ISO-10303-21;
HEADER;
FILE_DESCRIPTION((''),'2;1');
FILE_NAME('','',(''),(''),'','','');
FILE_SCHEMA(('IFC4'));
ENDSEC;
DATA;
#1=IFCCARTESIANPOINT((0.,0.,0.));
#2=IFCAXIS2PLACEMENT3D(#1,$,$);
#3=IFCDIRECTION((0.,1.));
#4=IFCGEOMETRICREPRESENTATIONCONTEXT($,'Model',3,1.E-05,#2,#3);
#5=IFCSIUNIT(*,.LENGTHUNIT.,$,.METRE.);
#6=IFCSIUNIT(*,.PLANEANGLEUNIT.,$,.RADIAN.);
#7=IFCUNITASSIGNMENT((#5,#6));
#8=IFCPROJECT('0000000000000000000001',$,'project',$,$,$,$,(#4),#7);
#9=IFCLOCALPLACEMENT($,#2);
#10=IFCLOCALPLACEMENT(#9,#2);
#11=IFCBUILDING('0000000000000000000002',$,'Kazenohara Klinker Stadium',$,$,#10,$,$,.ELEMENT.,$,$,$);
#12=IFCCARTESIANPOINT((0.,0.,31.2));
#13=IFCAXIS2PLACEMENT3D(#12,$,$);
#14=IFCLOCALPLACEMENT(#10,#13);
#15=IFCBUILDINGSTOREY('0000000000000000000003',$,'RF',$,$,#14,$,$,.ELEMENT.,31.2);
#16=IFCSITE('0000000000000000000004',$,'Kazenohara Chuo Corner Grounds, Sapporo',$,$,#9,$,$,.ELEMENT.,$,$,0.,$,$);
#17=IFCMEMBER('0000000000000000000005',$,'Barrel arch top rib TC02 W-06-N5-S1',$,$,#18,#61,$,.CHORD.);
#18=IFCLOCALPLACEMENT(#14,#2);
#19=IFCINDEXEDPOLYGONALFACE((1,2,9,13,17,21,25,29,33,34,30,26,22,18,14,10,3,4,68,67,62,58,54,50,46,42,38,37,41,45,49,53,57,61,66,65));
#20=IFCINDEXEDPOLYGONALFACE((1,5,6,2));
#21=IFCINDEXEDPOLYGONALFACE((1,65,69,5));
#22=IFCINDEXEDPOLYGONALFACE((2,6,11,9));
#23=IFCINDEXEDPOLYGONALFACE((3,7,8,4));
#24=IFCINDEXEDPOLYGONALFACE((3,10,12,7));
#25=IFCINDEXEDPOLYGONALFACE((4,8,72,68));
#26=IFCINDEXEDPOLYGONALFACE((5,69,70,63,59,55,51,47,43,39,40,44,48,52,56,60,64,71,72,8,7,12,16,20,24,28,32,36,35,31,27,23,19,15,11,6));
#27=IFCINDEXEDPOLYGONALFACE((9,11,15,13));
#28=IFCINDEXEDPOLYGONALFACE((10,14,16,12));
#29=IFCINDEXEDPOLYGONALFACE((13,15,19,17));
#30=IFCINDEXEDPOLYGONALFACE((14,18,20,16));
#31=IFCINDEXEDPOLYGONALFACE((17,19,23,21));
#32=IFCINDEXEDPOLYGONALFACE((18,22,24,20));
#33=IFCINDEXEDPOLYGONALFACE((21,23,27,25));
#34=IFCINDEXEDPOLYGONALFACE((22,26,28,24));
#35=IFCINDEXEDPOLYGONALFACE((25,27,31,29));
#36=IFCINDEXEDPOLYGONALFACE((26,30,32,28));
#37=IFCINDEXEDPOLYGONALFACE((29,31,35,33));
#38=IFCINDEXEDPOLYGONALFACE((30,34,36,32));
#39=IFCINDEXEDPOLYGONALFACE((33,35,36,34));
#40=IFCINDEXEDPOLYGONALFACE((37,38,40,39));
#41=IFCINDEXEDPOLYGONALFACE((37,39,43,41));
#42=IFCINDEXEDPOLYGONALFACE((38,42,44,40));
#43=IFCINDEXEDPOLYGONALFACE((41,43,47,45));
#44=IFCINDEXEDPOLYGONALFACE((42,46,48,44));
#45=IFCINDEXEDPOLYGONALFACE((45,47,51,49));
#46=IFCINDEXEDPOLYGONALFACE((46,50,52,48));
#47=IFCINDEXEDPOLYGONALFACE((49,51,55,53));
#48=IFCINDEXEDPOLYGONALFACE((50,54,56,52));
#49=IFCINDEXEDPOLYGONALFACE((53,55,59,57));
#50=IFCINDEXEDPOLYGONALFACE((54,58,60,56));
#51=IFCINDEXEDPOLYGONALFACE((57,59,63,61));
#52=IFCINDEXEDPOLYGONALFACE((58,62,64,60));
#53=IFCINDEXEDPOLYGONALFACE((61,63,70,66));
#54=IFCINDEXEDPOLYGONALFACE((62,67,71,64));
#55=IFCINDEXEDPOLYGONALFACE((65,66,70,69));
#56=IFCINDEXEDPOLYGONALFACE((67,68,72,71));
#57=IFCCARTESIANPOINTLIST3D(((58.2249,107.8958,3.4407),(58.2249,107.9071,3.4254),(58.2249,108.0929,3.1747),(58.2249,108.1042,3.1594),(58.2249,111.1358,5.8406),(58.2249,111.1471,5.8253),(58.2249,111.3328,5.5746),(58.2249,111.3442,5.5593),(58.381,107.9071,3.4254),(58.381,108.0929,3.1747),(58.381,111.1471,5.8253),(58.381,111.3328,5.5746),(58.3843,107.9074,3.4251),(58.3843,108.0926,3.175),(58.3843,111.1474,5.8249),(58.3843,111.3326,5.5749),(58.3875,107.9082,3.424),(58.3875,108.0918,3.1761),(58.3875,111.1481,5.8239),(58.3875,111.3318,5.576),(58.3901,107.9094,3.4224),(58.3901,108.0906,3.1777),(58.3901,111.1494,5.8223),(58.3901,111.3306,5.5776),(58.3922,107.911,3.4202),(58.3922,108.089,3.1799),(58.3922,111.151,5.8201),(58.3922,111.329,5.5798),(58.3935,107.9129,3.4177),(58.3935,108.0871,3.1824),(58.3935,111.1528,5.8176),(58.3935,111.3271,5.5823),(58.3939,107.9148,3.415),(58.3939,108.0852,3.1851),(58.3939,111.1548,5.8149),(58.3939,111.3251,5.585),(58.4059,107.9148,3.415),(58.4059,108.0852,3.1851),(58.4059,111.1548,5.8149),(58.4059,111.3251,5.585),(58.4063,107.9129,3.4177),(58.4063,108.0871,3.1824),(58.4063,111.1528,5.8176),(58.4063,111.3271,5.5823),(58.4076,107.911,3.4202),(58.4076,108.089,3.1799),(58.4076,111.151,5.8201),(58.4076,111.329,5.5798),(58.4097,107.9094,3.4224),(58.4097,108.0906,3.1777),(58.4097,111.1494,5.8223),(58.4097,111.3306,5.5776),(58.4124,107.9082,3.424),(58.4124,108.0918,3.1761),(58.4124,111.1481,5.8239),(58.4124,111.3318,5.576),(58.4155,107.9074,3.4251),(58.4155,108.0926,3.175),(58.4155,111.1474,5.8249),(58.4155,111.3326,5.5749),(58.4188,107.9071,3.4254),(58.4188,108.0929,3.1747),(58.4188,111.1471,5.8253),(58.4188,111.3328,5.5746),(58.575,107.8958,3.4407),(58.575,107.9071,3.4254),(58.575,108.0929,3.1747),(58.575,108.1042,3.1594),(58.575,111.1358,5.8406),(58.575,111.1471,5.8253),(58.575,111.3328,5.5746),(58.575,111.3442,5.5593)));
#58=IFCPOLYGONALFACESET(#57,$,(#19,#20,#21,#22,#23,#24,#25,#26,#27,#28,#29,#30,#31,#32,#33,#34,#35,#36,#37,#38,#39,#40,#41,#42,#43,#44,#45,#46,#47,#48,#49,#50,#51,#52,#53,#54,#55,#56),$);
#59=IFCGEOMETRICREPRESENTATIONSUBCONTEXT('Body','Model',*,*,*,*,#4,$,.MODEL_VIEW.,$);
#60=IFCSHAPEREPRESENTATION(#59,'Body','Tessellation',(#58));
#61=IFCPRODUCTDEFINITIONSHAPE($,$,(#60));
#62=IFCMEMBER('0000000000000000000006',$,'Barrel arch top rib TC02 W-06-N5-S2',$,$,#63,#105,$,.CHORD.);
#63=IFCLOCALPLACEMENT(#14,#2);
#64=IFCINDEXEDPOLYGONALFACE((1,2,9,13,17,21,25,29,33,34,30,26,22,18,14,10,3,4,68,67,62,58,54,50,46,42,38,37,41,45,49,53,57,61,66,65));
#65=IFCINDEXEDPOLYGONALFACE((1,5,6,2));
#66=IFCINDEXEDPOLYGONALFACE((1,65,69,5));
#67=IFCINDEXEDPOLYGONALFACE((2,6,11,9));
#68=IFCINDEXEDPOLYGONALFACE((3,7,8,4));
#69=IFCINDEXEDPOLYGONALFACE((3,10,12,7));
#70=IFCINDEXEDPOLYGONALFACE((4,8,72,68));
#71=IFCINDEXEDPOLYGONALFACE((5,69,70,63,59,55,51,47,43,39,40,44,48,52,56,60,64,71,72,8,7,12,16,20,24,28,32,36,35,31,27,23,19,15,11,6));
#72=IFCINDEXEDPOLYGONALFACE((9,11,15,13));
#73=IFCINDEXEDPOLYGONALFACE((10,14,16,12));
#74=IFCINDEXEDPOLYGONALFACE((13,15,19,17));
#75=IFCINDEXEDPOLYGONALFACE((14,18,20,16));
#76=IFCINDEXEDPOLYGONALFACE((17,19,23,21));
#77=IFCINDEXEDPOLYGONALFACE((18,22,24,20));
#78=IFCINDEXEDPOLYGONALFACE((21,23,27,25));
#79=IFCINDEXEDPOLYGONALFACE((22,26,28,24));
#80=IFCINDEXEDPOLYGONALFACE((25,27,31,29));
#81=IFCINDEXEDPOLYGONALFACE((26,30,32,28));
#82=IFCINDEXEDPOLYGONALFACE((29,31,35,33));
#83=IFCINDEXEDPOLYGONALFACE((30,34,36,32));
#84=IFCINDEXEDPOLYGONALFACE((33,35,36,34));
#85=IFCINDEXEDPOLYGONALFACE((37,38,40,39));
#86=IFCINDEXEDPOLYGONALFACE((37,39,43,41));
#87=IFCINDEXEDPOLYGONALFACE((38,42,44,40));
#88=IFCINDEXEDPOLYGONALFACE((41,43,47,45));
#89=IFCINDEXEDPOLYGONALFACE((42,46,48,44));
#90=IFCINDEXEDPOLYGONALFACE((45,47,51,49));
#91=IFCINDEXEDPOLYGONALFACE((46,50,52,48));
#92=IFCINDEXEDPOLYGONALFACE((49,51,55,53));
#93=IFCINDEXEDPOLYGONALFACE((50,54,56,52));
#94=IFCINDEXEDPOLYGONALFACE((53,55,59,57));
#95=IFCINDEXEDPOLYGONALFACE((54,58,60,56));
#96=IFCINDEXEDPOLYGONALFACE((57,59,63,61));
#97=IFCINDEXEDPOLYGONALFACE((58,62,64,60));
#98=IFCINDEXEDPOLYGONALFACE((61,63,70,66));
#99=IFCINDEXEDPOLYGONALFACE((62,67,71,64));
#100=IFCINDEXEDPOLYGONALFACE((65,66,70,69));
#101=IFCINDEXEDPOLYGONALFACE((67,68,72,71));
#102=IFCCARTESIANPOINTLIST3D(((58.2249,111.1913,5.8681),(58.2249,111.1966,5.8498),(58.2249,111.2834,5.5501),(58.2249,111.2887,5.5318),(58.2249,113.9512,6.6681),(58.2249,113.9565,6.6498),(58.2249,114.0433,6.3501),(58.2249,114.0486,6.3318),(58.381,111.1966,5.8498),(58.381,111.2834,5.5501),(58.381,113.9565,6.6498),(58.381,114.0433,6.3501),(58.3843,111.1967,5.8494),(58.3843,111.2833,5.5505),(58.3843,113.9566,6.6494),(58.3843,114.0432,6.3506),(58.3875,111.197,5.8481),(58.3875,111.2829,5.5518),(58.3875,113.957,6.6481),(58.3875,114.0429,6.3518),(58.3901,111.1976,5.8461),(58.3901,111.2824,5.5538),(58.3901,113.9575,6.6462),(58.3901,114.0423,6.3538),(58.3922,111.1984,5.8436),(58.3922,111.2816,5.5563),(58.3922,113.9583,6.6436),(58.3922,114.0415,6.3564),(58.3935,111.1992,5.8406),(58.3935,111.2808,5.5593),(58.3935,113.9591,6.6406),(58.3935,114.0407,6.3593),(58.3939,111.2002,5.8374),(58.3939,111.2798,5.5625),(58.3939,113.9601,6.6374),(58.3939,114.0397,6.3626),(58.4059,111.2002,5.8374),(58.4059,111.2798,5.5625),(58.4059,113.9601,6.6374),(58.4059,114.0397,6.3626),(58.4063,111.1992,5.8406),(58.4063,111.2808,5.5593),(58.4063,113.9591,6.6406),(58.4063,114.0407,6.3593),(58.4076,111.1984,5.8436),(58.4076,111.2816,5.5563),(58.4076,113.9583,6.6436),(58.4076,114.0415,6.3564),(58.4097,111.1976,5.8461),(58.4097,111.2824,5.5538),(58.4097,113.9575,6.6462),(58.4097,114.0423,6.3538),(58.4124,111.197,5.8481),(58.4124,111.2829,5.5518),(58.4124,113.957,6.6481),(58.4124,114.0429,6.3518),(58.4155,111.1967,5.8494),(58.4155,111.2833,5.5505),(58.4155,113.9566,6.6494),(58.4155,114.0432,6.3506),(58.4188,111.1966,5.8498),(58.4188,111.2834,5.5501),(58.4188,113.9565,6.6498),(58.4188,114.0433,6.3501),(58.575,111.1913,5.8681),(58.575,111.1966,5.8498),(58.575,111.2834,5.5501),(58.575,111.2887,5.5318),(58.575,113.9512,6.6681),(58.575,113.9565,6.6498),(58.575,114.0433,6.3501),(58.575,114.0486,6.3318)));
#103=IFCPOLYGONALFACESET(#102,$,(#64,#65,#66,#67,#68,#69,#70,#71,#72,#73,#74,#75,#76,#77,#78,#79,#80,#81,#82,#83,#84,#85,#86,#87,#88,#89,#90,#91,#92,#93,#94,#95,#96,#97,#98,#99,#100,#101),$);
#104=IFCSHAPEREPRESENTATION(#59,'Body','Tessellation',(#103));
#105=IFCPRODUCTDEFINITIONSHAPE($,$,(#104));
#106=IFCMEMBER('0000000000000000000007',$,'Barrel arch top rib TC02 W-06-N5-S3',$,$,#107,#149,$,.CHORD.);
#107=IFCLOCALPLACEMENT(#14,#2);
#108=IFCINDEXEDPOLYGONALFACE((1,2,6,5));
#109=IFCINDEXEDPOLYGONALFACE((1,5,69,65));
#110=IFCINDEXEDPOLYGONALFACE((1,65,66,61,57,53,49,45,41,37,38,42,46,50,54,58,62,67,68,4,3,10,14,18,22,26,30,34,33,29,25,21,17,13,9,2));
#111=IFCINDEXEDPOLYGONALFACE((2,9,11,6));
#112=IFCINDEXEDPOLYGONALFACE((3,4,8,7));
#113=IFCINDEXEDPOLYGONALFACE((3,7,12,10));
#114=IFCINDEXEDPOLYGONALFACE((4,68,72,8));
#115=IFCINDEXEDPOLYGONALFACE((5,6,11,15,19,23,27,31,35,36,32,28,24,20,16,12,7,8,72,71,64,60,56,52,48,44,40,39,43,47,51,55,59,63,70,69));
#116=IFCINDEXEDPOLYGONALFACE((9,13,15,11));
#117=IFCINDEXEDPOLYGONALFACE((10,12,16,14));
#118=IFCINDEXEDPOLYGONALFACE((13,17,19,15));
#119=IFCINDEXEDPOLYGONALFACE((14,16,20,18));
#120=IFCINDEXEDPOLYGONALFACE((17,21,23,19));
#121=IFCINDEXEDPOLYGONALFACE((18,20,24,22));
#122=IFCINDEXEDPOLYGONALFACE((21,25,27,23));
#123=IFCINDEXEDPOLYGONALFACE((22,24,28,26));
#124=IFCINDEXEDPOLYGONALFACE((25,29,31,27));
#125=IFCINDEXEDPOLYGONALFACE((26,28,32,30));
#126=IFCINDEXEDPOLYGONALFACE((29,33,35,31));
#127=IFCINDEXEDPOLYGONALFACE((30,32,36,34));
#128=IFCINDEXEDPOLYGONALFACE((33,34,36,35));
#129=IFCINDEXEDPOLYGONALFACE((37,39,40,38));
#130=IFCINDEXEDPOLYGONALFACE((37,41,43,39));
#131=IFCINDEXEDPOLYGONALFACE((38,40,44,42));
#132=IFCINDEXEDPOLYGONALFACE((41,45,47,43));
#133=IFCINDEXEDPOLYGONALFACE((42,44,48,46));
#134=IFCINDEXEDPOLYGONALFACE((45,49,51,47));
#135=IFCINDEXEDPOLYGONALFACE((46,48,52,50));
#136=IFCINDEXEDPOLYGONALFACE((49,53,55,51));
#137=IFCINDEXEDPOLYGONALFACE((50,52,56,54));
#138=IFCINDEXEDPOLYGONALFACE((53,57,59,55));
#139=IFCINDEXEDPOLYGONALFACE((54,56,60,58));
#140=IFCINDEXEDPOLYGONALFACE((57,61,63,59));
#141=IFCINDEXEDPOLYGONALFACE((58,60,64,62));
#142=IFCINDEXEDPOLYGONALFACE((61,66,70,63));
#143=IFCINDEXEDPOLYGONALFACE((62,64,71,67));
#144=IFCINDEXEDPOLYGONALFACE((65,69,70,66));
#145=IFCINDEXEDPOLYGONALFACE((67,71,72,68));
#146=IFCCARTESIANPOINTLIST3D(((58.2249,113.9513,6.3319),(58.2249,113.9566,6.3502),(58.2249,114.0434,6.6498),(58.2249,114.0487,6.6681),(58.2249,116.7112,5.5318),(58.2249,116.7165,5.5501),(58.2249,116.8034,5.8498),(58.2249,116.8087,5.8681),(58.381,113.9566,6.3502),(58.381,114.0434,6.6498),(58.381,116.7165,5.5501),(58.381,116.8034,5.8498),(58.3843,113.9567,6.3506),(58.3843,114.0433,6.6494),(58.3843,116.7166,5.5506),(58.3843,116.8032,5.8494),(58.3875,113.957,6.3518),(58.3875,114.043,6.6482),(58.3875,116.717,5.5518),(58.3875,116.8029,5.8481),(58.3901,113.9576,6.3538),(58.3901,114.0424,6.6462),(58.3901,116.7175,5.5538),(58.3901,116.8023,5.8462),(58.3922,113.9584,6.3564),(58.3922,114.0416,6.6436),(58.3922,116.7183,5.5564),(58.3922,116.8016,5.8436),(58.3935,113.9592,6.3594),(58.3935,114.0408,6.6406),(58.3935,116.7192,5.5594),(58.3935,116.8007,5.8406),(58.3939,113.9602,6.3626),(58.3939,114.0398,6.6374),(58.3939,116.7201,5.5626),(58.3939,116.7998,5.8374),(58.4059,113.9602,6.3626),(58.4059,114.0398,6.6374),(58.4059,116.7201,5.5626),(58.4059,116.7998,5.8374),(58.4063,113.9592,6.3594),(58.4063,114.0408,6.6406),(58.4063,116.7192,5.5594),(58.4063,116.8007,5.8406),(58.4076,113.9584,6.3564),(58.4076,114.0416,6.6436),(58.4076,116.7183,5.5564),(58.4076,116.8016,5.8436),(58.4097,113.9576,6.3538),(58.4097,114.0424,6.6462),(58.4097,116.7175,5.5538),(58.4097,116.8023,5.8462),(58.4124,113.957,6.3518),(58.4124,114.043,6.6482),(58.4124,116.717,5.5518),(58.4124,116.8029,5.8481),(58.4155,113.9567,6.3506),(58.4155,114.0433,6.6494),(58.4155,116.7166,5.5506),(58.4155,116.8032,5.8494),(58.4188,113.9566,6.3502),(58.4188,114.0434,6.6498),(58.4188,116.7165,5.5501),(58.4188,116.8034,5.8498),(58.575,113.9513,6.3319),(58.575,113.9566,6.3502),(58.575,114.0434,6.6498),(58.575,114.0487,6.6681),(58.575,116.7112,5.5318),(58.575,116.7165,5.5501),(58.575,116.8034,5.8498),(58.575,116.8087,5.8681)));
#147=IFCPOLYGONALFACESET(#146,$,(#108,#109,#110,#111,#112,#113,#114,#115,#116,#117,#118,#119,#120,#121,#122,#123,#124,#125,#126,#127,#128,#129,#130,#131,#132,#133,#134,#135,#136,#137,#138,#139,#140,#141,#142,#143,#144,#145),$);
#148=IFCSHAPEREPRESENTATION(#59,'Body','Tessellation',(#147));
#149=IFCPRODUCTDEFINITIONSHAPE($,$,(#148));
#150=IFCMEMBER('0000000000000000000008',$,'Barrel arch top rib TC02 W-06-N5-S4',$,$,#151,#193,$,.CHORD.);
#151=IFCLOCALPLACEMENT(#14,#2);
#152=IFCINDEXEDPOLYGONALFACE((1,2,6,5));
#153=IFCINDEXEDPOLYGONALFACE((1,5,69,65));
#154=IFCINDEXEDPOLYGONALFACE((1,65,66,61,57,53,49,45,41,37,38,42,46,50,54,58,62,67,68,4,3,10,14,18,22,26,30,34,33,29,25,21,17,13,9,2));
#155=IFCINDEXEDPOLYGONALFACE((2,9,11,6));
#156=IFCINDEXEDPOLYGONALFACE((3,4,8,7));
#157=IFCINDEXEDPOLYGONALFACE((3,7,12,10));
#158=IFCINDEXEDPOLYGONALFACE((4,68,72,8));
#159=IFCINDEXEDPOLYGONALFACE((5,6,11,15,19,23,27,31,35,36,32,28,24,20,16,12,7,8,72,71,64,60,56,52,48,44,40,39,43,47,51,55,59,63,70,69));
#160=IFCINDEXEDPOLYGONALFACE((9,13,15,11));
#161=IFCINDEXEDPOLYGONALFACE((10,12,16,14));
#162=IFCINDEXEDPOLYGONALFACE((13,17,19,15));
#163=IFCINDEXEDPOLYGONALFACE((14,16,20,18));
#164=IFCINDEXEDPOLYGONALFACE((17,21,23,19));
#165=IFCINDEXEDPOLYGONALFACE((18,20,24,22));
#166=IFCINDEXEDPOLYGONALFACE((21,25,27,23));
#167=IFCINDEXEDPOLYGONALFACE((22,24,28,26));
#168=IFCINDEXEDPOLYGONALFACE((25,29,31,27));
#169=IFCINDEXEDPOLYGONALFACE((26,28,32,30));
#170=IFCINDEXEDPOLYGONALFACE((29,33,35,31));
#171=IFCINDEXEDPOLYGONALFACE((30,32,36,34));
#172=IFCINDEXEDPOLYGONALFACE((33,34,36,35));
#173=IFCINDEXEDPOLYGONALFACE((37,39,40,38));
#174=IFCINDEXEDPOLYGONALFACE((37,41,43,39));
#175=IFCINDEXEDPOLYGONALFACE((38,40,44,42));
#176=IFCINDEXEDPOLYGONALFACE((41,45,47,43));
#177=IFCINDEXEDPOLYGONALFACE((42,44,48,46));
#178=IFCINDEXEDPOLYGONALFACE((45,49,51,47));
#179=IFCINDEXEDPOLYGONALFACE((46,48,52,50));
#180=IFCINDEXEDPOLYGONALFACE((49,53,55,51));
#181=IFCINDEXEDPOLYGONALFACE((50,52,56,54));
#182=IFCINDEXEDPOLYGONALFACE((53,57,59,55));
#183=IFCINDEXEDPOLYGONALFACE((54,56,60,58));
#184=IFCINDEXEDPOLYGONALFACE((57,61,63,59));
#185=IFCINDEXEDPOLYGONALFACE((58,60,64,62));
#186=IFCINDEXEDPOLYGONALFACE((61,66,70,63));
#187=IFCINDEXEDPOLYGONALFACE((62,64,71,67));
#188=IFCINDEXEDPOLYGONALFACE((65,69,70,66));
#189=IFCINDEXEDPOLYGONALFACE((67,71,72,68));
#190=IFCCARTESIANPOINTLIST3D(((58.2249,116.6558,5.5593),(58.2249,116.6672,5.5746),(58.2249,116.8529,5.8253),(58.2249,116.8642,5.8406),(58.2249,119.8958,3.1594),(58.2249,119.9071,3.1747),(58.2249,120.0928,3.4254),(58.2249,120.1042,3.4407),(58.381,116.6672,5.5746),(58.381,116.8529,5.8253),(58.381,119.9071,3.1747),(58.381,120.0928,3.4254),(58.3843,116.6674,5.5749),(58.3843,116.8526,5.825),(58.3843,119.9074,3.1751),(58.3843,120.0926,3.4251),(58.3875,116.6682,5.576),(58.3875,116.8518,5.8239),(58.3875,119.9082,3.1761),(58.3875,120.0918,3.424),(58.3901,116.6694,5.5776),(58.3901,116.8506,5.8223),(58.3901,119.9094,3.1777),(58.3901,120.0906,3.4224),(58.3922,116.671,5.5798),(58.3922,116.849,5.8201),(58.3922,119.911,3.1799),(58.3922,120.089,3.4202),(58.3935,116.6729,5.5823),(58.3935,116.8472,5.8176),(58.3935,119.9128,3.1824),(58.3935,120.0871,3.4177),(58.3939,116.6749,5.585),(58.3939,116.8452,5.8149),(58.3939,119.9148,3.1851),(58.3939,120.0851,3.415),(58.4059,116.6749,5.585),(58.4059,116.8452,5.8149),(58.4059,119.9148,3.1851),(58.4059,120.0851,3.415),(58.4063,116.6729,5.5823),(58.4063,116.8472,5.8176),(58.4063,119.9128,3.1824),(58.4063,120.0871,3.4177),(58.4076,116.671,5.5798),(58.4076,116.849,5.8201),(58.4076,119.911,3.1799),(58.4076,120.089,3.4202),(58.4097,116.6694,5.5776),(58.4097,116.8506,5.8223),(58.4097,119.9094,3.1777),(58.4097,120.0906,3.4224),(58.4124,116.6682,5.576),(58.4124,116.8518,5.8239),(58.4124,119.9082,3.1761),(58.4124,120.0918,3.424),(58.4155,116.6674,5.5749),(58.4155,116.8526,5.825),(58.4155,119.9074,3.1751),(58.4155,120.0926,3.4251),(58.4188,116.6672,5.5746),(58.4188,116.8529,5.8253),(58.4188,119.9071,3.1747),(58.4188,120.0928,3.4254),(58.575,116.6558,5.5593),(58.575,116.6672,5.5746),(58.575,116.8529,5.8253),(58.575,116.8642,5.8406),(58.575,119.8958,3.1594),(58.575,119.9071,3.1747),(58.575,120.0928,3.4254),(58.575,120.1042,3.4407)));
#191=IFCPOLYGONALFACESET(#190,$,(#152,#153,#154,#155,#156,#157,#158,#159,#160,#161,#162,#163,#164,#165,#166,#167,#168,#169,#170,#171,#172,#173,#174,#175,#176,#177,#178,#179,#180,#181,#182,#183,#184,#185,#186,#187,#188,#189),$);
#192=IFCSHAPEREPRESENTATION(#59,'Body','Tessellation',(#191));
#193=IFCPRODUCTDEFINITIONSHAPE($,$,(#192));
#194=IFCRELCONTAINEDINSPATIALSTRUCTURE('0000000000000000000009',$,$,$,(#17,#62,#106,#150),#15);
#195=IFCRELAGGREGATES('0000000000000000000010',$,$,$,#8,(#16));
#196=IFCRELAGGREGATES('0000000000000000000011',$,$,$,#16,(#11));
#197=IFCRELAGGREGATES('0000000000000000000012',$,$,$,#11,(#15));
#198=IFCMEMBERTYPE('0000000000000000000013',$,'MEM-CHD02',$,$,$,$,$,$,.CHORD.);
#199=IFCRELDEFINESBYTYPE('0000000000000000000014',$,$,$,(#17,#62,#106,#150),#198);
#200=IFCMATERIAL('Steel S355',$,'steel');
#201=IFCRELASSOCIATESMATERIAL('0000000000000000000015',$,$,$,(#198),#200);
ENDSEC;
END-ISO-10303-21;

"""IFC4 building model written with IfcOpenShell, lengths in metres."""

from ifc_helpers import new_model, si_unit, direction, frame, origin, origin_2d, place, context, subcontext, project, spatial, i_section, extrude, material, material_profile, profile_set, type_object, element, save


model = new_model("IFC4")

# Units and contexts
model_context = context("Model", 3, precision=1e-05, world=origin(), true_north=direction((0.0, 1.0)))
body_context = subcontext(model_context, "Body", "Model", "MODEL_VIEW")
ifc_project = project(units=[si_unit("LENGTHUNIT", "METRE"), si_unit("PLANEANGLEUNIT", "RADIAN")], contexts=[model_context])

# Site, building, storey
site_placement = place(None, origin())
site = spatial("IfcSite", under=ifc_project, at=site_placement, Name="Kazenohara Chuo Corner Grounds, Sapporo", CompositionType="ELEMENT", RefElevation=0.0)
building_placement = place(site_placement, origin())
building = spatial("IfcBuilding", under=site, at=building_placement, Name="Kazenohara Klinker Stadium", CompositionType="ELEMENT")
storey_placement = place(building_placement, frame((0.0, 0.0, 31.2)))
storey = spatial("IfcBuildingStorey", under=building, at=storey_placement, Name="RF", CompositionType="ELEMENT", Elevation=31.2)

# Members
ifc_material = material(Name="Steel S355", Category="steel")
ifc_material_profile_1 = material_profile(ifc_material, i_section(OverallWidth=0.3501, OverallDepth=0.3501, WebThickness=0.012, FlangeThickness=0.019, FilletRadius=0.0129, at=origin_2d()), Name="H-350x350x12x19")
ifc_profile_set_1 = profile_set([ifc_material_profile_1], Name="Steel S355")
member_type_1 = type_object("IfcMemberType", Name="MEM-CHD02", PredefinedType="CHORD", material=ifc_profile_set_1)
member_1_placement = place(storey_placement, frame((58.3999, 108.0, 3.3), z_axis=(0.0, 0.803568, 0.595213), x_axis=(-1.0, 0.0, 0.0)))
element("IfcMember", 1, at=member_1_placement, inside=storey, type_object=member_type_1, Name="Barrel arch top rib TC02 W-06-N5-S1", PredefinedType="CHORD", context=body_context, shape_type="SweptSolid", body=[
    extrude(i_section(OverallWidth=0.3501, OverallDepth=0.3501, WebThickness=0.012, FlangeThickness=0.019, FilletRadius=0.0129, at=origin_2d()), origin(), (0.0, 0.0, 1.0), 4.032),
])
for number, where, z_axis, x_axis, name in (
    (2, (58.3999, 111.24, 5.7), (0.0, 0.960462, 0.278411), (-1.0, 0.0, 0.0), "Barrel arch top rib TC02 W-06-N5-S2"),
    (3, (58.3999, 114.0, 6.5), (0.0, 0.960462, -0.278411), (-1.0, 0.0, 0.0), "Barrel arch top rib TC02 W-06-N5-S3"),
):
    element("IfcMember", number, at=place(storey_placement, frame(where, z_axis=z_axis, x_axis=x_axis)), inside=storey, type_object=member_type_1, Name=name, PredefinedType="CHORD", context=body_context, shape_type="SweptSolid", body=[
        extrude(i_section(OverallWidth=0.3501, OverallDepth=0.3501, WebThickness=0.012, FlangeThickness=0.019, FilletRadius=0.0129, at=origin_2d()), origin(), (0.0, 0.0, 1.0), 2.8735),
    ])
member_2_placement = place(storey_placement, frame((58.3999, 116.76, 5.7), z_axis=(0.0, 0.803568, -0.595213), x_axis=(-1.0, 0.0, 0.0)))
element("IfcMember", 4, at=member_2_placement, inside=storey, type_object=member_type_1, Name="Barrel arch top rib TC02 W-06-N5-S4", PredefinedType="CHORD", context=body_context, shape_type="SweptSolid", body=[
    extrude(i_section(OverallWidth=0.3501, OverallDepth=0.3501, WebThickness=0.012, FlangeThickness=0.019, FilletRadius=0.0129, at=origin_2d()), origin(), (0.0, 0.0, 1.0), 4.032),
])

save(model, "model.ifc")
